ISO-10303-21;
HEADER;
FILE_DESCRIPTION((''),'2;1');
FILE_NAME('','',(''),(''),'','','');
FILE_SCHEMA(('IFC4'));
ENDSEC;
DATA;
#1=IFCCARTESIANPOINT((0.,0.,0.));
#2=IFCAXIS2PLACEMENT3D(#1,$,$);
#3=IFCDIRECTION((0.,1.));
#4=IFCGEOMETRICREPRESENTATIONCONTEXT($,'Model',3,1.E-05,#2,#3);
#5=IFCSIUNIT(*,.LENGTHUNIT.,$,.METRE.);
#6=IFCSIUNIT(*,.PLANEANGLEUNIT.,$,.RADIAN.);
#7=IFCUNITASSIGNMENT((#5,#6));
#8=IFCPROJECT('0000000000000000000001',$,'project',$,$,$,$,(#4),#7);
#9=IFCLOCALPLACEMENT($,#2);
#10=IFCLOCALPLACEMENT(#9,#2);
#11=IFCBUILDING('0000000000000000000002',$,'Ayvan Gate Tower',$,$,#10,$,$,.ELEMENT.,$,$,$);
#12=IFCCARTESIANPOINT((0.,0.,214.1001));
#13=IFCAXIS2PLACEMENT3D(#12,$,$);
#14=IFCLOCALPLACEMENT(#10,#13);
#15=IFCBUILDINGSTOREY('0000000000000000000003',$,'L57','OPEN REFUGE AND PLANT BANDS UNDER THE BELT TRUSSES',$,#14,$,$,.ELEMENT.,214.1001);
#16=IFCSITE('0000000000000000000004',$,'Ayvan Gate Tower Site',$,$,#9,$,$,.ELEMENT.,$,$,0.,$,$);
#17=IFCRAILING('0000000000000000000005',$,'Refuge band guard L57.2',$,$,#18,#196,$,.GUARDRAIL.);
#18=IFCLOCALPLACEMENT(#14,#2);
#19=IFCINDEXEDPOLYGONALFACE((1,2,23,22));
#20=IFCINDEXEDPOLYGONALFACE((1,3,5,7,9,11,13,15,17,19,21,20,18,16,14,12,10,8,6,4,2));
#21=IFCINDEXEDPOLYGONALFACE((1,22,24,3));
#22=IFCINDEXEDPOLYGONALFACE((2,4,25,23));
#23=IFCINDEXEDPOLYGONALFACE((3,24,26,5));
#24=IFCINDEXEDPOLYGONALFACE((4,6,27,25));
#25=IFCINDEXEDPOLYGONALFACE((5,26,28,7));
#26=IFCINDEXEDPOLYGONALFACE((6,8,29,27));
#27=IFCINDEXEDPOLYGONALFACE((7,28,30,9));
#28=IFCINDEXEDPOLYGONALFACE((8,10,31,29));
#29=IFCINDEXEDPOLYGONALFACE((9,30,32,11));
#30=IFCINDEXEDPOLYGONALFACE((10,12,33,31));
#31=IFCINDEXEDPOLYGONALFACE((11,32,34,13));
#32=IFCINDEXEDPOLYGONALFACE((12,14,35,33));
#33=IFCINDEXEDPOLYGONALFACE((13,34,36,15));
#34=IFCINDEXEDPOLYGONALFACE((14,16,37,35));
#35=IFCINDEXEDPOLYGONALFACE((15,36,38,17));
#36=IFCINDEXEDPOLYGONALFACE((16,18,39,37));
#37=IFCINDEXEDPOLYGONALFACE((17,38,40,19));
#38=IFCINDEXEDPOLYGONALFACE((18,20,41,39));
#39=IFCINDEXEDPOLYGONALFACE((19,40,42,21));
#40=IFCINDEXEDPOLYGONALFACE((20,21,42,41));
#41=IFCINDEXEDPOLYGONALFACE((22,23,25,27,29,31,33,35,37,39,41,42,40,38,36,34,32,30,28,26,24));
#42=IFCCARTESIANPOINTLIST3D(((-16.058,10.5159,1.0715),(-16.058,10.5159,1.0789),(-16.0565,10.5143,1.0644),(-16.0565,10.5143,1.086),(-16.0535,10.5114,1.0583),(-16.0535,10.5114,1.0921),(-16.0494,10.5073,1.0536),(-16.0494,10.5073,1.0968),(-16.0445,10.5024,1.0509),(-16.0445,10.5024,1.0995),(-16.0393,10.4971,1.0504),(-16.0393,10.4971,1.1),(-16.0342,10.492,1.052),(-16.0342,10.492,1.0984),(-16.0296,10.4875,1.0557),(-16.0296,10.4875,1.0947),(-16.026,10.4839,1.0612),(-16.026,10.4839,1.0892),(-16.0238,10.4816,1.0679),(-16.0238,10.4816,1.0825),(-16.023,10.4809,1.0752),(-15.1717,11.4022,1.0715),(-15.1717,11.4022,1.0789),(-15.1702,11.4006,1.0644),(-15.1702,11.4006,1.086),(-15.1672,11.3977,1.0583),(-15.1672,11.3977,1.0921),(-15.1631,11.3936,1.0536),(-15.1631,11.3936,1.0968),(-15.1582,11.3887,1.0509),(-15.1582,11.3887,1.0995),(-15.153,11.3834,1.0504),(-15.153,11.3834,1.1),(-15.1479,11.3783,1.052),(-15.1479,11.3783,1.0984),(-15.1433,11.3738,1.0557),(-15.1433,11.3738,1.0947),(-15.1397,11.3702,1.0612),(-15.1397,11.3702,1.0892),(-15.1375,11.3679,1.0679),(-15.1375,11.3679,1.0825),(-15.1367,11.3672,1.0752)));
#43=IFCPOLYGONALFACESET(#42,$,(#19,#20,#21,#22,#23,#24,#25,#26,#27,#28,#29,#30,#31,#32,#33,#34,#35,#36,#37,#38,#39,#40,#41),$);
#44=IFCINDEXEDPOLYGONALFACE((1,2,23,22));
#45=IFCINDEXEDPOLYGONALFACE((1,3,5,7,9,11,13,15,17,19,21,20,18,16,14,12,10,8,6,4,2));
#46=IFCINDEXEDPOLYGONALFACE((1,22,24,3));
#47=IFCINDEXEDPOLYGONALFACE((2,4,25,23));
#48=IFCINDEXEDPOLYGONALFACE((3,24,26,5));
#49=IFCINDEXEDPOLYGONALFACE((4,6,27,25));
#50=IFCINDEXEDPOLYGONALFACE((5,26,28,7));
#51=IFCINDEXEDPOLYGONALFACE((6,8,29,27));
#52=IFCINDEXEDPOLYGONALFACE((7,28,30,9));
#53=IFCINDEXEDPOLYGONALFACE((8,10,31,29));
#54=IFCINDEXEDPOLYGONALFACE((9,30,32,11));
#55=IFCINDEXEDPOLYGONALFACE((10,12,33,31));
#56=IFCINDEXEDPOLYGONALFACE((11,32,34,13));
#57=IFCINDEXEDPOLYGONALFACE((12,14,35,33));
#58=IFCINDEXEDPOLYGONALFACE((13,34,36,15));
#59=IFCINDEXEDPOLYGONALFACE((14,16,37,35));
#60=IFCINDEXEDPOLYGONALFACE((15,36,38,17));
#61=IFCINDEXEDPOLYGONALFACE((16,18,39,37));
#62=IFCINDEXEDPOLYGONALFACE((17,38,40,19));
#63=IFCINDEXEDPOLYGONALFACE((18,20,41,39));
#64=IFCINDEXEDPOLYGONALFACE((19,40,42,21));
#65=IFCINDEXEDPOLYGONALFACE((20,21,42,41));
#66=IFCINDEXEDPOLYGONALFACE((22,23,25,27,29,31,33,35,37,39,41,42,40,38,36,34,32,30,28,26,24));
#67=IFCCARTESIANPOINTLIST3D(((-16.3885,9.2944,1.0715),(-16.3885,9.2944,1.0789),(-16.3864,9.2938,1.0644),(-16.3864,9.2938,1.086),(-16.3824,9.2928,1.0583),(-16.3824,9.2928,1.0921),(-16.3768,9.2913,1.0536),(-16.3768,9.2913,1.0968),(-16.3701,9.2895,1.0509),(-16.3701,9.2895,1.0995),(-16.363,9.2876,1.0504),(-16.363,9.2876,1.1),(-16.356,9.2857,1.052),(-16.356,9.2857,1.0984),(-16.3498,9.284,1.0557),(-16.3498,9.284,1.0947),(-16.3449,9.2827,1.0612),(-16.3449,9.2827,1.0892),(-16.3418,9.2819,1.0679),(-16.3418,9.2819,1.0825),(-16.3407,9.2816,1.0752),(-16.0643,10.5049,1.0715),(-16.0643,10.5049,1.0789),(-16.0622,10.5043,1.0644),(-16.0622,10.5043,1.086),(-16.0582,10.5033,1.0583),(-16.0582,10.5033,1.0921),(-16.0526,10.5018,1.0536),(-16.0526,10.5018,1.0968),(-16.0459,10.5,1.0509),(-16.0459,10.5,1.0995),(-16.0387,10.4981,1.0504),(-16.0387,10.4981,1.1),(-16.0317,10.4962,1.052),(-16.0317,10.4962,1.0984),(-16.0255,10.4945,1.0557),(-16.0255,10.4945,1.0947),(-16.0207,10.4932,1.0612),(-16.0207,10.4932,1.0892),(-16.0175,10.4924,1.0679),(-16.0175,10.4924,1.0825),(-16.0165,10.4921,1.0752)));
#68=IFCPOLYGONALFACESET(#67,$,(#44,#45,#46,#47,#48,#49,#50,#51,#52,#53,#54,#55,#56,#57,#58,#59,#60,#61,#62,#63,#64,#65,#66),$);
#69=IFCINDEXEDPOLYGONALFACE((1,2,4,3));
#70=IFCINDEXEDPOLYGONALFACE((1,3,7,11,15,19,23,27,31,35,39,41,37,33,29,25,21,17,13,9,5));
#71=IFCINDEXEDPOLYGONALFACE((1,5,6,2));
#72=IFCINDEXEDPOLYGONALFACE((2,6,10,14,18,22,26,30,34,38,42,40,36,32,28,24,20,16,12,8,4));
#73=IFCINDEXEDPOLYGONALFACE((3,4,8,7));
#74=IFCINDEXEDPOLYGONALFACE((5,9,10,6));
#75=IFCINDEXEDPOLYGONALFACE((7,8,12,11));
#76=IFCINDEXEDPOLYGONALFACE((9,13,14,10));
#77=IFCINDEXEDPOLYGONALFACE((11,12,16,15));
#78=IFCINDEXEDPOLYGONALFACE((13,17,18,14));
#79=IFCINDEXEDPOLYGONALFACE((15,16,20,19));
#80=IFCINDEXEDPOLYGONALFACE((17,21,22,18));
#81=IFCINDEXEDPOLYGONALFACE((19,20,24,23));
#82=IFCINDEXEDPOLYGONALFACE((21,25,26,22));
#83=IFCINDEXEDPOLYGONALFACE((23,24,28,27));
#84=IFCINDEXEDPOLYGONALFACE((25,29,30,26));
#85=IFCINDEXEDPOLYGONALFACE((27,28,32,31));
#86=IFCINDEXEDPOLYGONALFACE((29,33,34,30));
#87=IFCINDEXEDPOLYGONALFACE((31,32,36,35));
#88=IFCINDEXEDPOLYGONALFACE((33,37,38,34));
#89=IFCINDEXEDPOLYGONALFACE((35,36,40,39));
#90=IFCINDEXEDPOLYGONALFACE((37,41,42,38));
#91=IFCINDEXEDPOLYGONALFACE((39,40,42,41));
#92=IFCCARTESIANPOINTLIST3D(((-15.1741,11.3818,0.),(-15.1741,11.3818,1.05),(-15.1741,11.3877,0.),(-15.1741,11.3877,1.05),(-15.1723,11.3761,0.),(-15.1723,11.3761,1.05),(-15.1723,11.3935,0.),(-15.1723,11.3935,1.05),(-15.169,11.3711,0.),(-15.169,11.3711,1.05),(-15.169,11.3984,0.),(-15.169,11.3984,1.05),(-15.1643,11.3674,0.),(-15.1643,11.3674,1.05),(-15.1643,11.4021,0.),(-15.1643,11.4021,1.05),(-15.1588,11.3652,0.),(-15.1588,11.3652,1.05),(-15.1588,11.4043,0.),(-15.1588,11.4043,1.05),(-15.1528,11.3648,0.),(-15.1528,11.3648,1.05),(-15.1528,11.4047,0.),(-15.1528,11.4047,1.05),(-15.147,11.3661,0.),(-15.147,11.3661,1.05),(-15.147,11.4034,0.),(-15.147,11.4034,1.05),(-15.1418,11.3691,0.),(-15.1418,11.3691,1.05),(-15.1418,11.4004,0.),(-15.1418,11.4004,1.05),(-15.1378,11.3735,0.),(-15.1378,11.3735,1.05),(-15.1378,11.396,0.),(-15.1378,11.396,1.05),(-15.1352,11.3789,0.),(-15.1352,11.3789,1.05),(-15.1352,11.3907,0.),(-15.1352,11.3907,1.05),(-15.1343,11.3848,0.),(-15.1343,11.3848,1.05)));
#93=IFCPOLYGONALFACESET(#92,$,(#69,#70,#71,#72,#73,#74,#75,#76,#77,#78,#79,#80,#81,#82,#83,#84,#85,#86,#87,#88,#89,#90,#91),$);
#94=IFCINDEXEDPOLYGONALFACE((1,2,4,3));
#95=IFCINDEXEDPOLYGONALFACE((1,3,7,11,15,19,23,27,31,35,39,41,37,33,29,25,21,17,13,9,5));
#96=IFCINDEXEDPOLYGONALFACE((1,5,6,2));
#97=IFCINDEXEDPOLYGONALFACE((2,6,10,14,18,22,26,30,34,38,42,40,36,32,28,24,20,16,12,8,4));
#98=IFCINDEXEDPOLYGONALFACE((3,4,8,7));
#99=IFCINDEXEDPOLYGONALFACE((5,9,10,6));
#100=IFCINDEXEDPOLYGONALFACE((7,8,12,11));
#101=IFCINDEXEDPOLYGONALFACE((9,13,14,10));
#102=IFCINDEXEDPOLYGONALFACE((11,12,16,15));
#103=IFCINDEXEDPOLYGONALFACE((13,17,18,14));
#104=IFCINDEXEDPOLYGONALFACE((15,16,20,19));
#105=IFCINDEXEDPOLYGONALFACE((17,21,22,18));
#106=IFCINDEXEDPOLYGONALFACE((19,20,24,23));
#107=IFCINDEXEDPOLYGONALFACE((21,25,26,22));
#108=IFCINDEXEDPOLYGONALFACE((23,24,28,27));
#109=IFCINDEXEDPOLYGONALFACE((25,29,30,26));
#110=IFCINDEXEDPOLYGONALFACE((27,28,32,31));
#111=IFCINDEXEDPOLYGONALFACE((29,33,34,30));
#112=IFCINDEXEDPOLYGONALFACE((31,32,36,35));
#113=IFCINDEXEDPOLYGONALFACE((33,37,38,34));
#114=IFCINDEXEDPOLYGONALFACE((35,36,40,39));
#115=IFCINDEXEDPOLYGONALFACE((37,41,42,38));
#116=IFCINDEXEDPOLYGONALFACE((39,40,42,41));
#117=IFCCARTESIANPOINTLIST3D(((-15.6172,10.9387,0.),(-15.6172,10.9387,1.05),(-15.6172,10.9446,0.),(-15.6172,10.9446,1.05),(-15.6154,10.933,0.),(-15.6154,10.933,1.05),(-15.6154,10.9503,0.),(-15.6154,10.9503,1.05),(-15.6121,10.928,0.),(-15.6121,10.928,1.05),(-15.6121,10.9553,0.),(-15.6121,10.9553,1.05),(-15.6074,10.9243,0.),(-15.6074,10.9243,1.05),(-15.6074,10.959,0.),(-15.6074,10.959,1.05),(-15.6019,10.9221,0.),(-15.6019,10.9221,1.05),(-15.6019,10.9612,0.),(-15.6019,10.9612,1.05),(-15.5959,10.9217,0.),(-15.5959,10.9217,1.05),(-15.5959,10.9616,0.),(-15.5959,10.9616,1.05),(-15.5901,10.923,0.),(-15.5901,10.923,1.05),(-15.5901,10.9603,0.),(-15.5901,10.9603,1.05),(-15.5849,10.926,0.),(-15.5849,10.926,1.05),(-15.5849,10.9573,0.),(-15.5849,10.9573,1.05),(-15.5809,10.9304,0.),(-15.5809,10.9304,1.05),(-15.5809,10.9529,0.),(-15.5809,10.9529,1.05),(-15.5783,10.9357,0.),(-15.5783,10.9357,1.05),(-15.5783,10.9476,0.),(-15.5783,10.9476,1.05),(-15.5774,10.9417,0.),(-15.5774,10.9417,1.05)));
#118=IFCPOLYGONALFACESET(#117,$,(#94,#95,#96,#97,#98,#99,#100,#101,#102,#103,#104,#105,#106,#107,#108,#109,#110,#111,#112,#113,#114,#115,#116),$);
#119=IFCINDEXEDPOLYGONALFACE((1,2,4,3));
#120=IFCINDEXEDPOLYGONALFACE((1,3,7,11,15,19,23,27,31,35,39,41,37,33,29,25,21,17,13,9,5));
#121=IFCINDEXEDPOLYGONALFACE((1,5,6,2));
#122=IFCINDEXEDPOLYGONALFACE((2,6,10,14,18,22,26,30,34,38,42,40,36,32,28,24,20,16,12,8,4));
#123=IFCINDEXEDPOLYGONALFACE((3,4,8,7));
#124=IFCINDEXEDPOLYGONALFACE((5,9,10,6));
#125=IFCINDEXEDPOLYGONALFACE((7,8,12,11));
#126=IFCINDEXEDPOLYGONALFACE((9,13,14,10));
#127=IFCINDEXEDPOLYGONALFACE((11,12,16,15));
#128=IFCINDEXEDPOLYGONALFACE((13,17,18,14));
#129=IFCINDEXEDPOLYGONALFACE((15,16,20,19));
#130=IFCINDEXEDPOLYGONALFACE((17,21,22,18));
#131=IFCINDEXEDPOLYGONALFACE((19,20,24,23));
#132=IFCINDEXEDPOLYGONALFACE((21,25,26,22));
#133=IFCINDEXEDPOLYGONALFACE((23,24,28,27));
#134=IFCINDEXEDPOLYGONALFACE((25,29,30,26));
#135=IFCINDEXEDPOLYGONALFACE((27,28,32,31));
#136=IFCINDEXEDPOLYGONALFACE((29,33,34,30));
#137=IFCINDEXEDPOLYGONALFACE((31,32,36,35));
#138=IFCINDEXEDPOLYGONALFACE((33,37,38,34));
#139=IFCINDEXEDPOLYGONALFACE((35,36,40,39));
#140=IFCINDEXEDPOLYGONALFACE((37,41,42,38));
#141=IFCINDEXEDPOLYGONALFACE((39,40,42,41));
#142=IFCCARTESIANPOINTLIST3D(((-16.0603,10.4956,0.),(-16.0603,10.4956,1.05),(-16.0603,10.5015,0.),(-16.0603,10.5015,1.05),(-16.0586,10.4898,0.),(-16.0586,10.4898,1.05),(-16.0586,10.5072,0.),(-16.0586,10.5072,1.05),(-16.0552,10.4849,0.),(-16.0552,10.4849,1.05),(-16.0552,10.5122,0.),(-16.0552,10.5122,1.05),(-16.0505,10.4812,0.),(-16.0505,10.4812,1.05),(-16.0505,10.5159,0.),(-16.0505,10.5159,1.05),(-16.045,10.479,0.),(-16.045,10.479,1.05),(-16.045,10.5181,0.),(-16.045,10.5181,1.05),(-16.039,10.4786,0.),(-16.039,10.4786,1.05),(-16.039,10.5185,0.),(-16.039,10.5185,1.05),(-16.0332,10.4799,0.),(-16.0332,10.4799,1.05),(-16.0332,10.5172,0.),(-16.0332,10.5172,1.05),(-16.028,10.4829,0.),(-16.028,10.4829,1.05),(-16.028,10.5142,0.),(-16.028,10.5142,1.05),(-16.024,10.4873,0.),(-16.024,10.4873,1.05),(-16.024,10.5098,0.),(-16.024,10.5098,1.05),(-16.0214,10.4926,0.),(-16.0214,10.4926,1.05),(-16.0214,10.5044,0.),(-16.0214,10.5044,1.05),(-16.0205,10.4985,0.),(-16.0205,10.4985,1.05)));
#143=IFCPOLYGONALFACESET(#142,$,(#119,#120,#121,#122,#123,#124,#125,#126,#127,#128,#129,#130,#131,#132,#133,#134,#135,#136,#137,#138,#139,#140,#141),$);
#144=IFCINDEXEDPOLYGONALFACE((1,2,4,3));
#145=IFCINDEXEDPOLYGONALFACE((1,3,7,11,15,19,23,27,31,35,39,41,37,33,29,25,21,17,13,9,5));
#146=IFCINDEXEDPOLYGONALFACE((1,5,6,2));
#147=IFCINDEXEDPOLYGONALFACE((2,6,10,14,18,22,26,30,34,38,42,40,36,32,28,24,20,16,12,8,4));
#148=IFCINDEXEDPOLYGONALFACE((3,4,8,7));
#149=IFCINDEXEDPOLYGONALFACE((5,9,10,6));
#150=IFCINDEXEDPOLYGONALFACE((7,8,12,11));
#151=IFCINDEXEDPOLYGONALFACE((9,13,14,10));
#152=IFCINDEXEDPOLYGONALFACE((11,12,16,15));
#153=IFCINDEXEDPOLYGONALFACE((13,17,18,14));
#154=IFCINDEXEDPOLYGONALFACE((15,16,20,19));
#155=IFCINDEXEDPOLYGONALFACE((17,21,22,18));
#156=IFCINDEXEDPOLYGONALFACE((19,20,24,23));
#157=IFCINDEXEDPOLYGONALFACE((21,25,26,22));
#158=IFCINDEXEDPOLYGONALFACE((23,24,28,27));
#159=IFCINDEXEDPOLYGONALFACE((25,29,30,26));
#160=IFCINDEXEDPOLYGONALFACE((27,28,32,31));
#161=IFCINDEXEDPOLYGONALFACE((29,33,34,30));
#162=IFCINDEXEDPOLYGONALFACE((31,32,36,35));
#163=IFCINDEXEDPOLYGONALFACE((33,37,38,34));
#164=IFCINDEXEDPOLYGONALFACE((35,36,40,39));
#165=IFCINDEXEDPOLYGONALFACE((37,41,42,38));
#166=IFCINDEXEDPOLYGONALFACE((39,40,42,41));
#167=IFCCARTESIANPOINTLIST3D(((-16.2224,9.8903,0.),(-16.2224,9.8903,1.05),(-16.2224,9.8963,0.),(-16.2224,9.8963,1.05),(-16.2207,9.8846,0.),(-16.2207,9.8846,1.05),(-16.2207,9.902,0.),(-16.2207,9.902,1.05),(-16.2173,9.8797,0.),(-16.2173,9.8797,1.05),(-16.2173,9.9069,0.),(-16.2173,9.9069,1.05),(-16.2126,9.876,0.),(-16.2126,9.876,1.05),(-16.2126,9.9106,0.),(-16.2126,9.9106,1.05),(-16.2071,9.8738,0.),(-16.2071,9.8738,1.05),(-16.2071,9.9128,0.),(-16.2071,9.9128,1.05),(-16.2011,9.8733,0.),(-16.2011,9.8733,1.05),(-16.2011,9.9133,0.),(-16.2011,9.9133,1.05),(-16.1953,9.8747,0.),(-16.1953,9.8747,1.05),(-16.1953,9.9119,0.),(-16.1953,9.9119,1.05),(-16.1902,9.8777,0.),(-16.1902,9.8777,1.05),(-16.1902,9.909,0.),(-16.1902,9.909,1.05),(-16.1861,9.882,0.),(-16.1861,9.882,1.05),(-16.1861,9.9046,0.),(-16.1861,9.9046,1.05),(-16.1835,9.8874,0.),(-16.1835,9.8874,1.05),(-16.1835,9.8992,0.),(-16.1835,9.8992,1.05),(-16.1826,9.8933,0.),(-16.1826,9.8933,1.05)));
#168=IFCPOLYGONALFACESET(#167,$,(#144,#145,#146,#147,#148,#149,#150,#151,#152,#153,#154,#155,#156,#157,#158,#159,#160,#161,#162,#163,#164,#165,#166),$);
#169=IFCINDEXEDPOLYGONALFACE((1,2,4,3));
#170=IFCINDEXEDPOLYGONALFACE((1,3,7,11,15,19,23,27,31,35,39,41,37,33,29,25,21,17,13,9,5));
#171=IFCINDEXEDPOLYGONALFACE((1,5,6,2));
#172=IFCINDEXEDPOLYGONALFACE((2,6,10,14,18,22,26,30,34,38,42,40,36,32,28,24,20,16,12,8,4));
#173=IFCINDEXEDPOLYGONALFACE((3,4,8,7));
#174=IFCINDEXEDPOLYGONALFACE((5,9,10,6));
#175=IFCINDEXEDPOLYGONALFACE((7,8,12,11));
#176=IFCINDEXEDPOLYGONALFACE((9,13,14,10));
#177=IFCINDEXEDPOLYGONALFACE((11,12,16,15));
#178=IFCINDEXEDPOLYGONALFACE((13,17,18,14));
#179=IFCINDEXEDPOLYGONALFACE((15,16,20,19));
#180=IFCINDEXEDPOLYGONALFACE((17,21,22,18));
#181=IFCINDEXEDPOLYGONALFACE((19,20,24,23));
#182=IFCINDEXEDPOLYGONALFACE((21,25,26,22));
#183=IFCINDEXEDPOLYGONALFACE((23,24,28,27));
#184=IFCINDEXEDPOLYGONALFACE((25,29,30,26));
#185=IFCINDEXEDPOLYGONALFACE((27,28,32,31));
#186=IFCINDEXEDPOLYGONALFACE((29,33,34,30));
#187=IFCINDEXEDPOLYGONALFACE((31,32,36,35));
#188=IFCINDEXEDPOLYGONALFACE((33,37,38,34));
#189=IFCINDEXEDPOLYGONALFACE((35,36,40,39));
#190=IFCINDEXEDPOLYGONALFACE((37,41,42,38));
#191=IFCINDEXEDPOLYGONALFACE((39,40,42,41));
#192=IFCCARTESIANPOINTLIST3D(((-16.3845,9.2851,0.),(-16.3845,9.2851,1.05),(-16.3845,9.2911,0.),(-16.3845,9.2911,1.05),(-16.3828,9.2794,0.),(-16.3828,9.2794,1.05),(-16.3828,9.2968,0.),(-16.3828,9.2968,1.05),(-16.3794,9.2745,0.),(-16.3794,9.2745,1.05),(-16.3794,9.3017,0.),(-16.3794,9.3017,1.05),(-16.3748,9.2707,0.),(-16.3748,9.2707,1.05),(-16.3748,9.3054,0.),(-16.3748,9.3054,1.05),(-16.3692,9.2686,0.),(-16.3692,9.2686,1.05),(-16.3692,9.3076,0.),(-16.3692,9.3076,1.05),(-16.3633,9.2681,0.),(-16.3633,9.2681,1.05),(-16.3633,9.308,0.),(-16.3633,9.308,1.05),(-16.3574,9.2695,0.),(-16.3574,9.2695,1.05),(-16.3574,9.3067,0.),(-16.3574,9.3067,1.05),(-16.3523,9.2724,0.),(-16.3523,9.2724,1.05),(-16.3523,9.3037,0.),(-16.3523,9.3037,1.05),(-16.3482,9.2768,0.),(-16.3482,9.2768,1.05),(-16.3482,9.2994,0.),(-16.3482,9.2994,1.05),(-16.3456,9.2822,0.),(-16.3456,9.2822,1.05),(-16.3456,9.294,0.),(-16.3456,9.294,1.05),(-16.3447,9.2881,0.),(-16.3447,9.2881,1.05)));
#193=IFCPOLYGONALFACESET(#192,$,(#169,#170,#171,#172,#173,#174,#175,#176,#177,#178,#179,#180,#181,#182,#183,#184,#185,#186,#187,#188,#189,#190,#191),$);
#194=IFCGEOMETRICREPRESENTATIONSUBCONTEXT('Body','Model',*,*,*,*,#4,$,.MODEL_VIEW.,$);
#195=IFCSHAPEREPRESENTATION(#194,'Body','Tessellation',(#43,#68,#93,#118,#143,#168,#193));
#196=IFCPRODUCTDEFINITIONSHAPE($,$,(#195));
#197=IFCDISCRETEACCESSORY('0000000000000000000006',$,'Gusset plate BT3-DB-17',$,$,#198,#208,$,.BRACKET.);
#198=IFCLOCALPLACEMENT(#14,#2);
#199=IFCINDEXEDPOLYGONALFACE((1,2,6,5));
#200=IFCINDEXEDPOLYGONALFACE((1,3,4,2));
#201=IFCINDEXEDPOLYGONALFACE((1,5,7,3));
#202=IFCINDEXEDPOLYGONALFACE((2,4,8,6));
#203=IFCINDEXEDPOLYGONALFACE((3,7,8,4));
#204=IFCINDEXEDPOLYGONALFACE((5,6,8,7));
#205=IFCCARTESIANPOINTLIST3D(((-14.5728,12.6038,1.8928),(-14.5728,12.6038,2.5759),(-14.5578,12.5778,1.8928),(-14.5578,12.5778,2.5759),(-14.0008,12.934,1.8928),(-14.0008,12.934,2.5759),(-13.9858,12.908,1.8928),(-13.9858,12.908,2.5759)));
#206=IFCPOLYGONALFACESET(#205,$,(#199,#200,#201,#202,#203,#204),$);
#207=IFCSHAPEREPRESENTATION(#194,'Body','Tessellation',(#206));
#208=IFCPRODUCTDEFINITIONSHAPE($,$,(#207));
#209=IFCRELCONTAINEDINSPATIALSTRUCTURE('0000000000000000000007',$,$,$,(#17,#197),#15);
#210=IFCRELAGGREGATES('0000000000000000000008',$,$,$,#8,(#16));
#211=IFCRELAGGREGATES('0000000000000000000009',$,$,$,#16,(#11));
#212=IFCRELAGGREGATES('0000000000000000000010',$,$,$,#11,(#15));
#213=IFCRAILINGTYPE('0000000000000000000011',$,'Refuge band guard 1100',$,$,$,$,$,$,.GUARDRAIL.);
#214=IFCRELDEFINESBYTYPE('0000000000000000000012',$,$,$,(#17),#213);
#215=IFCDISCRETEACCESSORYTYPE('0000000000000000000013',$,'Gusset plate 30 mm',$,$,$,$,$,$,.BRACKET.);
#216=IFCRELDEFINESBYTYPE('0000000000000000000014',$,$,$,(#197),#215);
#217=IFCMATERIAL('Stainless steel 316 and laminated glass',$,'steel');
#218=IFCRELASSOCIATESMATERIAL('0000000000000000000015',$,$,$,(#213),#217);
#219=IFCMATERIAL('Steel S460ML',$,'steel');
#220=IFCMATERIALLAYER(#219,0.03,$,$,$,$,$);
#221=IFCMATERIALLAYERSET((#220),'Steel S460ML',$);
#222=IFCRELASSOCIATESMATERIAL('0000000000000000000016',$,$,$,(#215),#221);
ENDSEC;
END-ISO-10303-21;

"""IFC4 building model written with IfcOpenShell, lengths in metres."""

from ifc_helpers import new_model, si_unit, direction, frame, origin, origin_2d, place, context, subcontext, project, spatial, rectangle, circle, extrude, material, layer, layer_set, type_object, element, save


model = new_model("IFC4")

# Units and contexts
model_context = context("Model", 3, precision=1e-05, world=origin(), true_north=direction((0.0, 1.0)))
body_context = subcontext(model_context, "Body", "Model", "MODEL_VIEW")
ifc_project = project(units=[si_unit("LENGTHUNIT", "METRE"), si_unit("PLANEANGLEUNIT", "RADIAN")], contexts=[model_context])

# Site, building, storey
site_placement = place(None, origin())
site = spatial("IfcSite", under=ifc_project, at=site_placement, Name="Ayvan Gate Tower Site", CompositionType="ELEMENT", RefElevation=0.0)
building_placement = place(site_placement, origin())
building = spatial("IfcBuilding", under=site, at=building_placement, Name="Ayvan Gate Tower", CompositionType="ELEMENT")
storey_placement = place(building_placement, frame((0.0, 0.0, 214.1001)))
storey = spatial("IfcBuildingStorey", under=building, at=storey_placement, Name="L57", Description="OPEN REFUGE AND PLANT BANDS UNDER THE BELT TRUSSES", CompositionType="ELEMENT", Elevation=214.1001)

# Shared definitions
ifc_material_1 = material(Name="Steel S460ML", Category="steel")

# Railing
ifc_material_2 = material(Name="Stainless steel 316 and laminated glass", Category="steel")
railing_type = type_object("IfcRailingType", Name="Refuge band guard 1100", PredefinedType="GUARDRAIL", material=ifc_material_2)
railing_placement = place(storey_placement, frame((-15.1543, 11.3848, 0.0)))
element("IfcRailing", 1, at=railing_placement, inside=storey, type_object=railing_type, Name="Refuge band guard L57.2", PredefinedType="GUARDRAIL", context=body_context, shape_type="SweptSolid", body=[
    extrude(circle(Radius=0.0249, at=origin_2d()), frame((0.0, 0.0, 1.0752), z_axis=(-0.707107, -0.707107, 0.0), x_axis=(0.707107, -0.707107, 0.0)), (0.0, 0.0, 1.0), 1.2534),
    extrude(circle(Radius=0.0249, at=origin_2d()), frame((-0.8862, -0.8862, 1.0752), z_axis=(-0.25873, -0.96595, 0.0), x_axis=(0.96595, -0.25873, 0.0)), (0.0, 0.0, 1.0), 1.2532),
    extrude(circle(Radius=0.02, at=origin_2d()), origin(), (0.0, 0.0, 1.0), 1.05),
    extrude(circle(Radius=0.02, at=origin_2d()), frame((-0.4431, -0.4431, 0.0)), (0.0, 0.0, 1.0), 1.05),
    extrude(circle(Radius=0.02, at=origin_2d()), frame((-0.8862, -0.8862, 0.0)), (0.0, 0.0, 1.0), 1.05),
    extrude(circle(Radius=0.02, at=origin_2d()), frame((-1.0483, -1.4915, 0.0)), (0.0, 0.0, 1.0), 1.05),
    extrude(circle(Radius=0.02, at=origin_2d()), frame((-1.2104, -2.0967, 0.0)), (0.0, 0.0, 1.0), 1.05),
])

# Discrete accessory
ifc_layer_1 = layer(ifc_material_1, 0.03)
ifc_layer_set_1 = layer_set([ifc_layer_1], Name="Steel S460ML")
discrete_accessory_type = type_object("IfcDiscreteAccessoryType", Name="Gusset plate 30 mm", PredefinedType="BRACKET", material=ifc_layer_set_1)
discrete_accessory_placement = place(storey_placement, frame((-14.2793, 12.7559, 1.8928), z_axis=(0.0, 0.0, 1.0), x_axis=(0.866025, 0.5, 0.0)))
element("IfcDiscreteAccessory", 2, at=discrete_accessory_placement, inside=storey, type_object=discrete_accessory_type, Name="Gusset plate BT3-DB-17", PredefinedType="BRACKET", context=body_context, shape_type="SweptSolid", body=[
    extrude(rectangle(XDim=0.6604, YDim=0.03, at=origin_2d()), origin(), (0.0, 0.0, 1.0), 0.6831),
])

save(model, "model.ifc")
